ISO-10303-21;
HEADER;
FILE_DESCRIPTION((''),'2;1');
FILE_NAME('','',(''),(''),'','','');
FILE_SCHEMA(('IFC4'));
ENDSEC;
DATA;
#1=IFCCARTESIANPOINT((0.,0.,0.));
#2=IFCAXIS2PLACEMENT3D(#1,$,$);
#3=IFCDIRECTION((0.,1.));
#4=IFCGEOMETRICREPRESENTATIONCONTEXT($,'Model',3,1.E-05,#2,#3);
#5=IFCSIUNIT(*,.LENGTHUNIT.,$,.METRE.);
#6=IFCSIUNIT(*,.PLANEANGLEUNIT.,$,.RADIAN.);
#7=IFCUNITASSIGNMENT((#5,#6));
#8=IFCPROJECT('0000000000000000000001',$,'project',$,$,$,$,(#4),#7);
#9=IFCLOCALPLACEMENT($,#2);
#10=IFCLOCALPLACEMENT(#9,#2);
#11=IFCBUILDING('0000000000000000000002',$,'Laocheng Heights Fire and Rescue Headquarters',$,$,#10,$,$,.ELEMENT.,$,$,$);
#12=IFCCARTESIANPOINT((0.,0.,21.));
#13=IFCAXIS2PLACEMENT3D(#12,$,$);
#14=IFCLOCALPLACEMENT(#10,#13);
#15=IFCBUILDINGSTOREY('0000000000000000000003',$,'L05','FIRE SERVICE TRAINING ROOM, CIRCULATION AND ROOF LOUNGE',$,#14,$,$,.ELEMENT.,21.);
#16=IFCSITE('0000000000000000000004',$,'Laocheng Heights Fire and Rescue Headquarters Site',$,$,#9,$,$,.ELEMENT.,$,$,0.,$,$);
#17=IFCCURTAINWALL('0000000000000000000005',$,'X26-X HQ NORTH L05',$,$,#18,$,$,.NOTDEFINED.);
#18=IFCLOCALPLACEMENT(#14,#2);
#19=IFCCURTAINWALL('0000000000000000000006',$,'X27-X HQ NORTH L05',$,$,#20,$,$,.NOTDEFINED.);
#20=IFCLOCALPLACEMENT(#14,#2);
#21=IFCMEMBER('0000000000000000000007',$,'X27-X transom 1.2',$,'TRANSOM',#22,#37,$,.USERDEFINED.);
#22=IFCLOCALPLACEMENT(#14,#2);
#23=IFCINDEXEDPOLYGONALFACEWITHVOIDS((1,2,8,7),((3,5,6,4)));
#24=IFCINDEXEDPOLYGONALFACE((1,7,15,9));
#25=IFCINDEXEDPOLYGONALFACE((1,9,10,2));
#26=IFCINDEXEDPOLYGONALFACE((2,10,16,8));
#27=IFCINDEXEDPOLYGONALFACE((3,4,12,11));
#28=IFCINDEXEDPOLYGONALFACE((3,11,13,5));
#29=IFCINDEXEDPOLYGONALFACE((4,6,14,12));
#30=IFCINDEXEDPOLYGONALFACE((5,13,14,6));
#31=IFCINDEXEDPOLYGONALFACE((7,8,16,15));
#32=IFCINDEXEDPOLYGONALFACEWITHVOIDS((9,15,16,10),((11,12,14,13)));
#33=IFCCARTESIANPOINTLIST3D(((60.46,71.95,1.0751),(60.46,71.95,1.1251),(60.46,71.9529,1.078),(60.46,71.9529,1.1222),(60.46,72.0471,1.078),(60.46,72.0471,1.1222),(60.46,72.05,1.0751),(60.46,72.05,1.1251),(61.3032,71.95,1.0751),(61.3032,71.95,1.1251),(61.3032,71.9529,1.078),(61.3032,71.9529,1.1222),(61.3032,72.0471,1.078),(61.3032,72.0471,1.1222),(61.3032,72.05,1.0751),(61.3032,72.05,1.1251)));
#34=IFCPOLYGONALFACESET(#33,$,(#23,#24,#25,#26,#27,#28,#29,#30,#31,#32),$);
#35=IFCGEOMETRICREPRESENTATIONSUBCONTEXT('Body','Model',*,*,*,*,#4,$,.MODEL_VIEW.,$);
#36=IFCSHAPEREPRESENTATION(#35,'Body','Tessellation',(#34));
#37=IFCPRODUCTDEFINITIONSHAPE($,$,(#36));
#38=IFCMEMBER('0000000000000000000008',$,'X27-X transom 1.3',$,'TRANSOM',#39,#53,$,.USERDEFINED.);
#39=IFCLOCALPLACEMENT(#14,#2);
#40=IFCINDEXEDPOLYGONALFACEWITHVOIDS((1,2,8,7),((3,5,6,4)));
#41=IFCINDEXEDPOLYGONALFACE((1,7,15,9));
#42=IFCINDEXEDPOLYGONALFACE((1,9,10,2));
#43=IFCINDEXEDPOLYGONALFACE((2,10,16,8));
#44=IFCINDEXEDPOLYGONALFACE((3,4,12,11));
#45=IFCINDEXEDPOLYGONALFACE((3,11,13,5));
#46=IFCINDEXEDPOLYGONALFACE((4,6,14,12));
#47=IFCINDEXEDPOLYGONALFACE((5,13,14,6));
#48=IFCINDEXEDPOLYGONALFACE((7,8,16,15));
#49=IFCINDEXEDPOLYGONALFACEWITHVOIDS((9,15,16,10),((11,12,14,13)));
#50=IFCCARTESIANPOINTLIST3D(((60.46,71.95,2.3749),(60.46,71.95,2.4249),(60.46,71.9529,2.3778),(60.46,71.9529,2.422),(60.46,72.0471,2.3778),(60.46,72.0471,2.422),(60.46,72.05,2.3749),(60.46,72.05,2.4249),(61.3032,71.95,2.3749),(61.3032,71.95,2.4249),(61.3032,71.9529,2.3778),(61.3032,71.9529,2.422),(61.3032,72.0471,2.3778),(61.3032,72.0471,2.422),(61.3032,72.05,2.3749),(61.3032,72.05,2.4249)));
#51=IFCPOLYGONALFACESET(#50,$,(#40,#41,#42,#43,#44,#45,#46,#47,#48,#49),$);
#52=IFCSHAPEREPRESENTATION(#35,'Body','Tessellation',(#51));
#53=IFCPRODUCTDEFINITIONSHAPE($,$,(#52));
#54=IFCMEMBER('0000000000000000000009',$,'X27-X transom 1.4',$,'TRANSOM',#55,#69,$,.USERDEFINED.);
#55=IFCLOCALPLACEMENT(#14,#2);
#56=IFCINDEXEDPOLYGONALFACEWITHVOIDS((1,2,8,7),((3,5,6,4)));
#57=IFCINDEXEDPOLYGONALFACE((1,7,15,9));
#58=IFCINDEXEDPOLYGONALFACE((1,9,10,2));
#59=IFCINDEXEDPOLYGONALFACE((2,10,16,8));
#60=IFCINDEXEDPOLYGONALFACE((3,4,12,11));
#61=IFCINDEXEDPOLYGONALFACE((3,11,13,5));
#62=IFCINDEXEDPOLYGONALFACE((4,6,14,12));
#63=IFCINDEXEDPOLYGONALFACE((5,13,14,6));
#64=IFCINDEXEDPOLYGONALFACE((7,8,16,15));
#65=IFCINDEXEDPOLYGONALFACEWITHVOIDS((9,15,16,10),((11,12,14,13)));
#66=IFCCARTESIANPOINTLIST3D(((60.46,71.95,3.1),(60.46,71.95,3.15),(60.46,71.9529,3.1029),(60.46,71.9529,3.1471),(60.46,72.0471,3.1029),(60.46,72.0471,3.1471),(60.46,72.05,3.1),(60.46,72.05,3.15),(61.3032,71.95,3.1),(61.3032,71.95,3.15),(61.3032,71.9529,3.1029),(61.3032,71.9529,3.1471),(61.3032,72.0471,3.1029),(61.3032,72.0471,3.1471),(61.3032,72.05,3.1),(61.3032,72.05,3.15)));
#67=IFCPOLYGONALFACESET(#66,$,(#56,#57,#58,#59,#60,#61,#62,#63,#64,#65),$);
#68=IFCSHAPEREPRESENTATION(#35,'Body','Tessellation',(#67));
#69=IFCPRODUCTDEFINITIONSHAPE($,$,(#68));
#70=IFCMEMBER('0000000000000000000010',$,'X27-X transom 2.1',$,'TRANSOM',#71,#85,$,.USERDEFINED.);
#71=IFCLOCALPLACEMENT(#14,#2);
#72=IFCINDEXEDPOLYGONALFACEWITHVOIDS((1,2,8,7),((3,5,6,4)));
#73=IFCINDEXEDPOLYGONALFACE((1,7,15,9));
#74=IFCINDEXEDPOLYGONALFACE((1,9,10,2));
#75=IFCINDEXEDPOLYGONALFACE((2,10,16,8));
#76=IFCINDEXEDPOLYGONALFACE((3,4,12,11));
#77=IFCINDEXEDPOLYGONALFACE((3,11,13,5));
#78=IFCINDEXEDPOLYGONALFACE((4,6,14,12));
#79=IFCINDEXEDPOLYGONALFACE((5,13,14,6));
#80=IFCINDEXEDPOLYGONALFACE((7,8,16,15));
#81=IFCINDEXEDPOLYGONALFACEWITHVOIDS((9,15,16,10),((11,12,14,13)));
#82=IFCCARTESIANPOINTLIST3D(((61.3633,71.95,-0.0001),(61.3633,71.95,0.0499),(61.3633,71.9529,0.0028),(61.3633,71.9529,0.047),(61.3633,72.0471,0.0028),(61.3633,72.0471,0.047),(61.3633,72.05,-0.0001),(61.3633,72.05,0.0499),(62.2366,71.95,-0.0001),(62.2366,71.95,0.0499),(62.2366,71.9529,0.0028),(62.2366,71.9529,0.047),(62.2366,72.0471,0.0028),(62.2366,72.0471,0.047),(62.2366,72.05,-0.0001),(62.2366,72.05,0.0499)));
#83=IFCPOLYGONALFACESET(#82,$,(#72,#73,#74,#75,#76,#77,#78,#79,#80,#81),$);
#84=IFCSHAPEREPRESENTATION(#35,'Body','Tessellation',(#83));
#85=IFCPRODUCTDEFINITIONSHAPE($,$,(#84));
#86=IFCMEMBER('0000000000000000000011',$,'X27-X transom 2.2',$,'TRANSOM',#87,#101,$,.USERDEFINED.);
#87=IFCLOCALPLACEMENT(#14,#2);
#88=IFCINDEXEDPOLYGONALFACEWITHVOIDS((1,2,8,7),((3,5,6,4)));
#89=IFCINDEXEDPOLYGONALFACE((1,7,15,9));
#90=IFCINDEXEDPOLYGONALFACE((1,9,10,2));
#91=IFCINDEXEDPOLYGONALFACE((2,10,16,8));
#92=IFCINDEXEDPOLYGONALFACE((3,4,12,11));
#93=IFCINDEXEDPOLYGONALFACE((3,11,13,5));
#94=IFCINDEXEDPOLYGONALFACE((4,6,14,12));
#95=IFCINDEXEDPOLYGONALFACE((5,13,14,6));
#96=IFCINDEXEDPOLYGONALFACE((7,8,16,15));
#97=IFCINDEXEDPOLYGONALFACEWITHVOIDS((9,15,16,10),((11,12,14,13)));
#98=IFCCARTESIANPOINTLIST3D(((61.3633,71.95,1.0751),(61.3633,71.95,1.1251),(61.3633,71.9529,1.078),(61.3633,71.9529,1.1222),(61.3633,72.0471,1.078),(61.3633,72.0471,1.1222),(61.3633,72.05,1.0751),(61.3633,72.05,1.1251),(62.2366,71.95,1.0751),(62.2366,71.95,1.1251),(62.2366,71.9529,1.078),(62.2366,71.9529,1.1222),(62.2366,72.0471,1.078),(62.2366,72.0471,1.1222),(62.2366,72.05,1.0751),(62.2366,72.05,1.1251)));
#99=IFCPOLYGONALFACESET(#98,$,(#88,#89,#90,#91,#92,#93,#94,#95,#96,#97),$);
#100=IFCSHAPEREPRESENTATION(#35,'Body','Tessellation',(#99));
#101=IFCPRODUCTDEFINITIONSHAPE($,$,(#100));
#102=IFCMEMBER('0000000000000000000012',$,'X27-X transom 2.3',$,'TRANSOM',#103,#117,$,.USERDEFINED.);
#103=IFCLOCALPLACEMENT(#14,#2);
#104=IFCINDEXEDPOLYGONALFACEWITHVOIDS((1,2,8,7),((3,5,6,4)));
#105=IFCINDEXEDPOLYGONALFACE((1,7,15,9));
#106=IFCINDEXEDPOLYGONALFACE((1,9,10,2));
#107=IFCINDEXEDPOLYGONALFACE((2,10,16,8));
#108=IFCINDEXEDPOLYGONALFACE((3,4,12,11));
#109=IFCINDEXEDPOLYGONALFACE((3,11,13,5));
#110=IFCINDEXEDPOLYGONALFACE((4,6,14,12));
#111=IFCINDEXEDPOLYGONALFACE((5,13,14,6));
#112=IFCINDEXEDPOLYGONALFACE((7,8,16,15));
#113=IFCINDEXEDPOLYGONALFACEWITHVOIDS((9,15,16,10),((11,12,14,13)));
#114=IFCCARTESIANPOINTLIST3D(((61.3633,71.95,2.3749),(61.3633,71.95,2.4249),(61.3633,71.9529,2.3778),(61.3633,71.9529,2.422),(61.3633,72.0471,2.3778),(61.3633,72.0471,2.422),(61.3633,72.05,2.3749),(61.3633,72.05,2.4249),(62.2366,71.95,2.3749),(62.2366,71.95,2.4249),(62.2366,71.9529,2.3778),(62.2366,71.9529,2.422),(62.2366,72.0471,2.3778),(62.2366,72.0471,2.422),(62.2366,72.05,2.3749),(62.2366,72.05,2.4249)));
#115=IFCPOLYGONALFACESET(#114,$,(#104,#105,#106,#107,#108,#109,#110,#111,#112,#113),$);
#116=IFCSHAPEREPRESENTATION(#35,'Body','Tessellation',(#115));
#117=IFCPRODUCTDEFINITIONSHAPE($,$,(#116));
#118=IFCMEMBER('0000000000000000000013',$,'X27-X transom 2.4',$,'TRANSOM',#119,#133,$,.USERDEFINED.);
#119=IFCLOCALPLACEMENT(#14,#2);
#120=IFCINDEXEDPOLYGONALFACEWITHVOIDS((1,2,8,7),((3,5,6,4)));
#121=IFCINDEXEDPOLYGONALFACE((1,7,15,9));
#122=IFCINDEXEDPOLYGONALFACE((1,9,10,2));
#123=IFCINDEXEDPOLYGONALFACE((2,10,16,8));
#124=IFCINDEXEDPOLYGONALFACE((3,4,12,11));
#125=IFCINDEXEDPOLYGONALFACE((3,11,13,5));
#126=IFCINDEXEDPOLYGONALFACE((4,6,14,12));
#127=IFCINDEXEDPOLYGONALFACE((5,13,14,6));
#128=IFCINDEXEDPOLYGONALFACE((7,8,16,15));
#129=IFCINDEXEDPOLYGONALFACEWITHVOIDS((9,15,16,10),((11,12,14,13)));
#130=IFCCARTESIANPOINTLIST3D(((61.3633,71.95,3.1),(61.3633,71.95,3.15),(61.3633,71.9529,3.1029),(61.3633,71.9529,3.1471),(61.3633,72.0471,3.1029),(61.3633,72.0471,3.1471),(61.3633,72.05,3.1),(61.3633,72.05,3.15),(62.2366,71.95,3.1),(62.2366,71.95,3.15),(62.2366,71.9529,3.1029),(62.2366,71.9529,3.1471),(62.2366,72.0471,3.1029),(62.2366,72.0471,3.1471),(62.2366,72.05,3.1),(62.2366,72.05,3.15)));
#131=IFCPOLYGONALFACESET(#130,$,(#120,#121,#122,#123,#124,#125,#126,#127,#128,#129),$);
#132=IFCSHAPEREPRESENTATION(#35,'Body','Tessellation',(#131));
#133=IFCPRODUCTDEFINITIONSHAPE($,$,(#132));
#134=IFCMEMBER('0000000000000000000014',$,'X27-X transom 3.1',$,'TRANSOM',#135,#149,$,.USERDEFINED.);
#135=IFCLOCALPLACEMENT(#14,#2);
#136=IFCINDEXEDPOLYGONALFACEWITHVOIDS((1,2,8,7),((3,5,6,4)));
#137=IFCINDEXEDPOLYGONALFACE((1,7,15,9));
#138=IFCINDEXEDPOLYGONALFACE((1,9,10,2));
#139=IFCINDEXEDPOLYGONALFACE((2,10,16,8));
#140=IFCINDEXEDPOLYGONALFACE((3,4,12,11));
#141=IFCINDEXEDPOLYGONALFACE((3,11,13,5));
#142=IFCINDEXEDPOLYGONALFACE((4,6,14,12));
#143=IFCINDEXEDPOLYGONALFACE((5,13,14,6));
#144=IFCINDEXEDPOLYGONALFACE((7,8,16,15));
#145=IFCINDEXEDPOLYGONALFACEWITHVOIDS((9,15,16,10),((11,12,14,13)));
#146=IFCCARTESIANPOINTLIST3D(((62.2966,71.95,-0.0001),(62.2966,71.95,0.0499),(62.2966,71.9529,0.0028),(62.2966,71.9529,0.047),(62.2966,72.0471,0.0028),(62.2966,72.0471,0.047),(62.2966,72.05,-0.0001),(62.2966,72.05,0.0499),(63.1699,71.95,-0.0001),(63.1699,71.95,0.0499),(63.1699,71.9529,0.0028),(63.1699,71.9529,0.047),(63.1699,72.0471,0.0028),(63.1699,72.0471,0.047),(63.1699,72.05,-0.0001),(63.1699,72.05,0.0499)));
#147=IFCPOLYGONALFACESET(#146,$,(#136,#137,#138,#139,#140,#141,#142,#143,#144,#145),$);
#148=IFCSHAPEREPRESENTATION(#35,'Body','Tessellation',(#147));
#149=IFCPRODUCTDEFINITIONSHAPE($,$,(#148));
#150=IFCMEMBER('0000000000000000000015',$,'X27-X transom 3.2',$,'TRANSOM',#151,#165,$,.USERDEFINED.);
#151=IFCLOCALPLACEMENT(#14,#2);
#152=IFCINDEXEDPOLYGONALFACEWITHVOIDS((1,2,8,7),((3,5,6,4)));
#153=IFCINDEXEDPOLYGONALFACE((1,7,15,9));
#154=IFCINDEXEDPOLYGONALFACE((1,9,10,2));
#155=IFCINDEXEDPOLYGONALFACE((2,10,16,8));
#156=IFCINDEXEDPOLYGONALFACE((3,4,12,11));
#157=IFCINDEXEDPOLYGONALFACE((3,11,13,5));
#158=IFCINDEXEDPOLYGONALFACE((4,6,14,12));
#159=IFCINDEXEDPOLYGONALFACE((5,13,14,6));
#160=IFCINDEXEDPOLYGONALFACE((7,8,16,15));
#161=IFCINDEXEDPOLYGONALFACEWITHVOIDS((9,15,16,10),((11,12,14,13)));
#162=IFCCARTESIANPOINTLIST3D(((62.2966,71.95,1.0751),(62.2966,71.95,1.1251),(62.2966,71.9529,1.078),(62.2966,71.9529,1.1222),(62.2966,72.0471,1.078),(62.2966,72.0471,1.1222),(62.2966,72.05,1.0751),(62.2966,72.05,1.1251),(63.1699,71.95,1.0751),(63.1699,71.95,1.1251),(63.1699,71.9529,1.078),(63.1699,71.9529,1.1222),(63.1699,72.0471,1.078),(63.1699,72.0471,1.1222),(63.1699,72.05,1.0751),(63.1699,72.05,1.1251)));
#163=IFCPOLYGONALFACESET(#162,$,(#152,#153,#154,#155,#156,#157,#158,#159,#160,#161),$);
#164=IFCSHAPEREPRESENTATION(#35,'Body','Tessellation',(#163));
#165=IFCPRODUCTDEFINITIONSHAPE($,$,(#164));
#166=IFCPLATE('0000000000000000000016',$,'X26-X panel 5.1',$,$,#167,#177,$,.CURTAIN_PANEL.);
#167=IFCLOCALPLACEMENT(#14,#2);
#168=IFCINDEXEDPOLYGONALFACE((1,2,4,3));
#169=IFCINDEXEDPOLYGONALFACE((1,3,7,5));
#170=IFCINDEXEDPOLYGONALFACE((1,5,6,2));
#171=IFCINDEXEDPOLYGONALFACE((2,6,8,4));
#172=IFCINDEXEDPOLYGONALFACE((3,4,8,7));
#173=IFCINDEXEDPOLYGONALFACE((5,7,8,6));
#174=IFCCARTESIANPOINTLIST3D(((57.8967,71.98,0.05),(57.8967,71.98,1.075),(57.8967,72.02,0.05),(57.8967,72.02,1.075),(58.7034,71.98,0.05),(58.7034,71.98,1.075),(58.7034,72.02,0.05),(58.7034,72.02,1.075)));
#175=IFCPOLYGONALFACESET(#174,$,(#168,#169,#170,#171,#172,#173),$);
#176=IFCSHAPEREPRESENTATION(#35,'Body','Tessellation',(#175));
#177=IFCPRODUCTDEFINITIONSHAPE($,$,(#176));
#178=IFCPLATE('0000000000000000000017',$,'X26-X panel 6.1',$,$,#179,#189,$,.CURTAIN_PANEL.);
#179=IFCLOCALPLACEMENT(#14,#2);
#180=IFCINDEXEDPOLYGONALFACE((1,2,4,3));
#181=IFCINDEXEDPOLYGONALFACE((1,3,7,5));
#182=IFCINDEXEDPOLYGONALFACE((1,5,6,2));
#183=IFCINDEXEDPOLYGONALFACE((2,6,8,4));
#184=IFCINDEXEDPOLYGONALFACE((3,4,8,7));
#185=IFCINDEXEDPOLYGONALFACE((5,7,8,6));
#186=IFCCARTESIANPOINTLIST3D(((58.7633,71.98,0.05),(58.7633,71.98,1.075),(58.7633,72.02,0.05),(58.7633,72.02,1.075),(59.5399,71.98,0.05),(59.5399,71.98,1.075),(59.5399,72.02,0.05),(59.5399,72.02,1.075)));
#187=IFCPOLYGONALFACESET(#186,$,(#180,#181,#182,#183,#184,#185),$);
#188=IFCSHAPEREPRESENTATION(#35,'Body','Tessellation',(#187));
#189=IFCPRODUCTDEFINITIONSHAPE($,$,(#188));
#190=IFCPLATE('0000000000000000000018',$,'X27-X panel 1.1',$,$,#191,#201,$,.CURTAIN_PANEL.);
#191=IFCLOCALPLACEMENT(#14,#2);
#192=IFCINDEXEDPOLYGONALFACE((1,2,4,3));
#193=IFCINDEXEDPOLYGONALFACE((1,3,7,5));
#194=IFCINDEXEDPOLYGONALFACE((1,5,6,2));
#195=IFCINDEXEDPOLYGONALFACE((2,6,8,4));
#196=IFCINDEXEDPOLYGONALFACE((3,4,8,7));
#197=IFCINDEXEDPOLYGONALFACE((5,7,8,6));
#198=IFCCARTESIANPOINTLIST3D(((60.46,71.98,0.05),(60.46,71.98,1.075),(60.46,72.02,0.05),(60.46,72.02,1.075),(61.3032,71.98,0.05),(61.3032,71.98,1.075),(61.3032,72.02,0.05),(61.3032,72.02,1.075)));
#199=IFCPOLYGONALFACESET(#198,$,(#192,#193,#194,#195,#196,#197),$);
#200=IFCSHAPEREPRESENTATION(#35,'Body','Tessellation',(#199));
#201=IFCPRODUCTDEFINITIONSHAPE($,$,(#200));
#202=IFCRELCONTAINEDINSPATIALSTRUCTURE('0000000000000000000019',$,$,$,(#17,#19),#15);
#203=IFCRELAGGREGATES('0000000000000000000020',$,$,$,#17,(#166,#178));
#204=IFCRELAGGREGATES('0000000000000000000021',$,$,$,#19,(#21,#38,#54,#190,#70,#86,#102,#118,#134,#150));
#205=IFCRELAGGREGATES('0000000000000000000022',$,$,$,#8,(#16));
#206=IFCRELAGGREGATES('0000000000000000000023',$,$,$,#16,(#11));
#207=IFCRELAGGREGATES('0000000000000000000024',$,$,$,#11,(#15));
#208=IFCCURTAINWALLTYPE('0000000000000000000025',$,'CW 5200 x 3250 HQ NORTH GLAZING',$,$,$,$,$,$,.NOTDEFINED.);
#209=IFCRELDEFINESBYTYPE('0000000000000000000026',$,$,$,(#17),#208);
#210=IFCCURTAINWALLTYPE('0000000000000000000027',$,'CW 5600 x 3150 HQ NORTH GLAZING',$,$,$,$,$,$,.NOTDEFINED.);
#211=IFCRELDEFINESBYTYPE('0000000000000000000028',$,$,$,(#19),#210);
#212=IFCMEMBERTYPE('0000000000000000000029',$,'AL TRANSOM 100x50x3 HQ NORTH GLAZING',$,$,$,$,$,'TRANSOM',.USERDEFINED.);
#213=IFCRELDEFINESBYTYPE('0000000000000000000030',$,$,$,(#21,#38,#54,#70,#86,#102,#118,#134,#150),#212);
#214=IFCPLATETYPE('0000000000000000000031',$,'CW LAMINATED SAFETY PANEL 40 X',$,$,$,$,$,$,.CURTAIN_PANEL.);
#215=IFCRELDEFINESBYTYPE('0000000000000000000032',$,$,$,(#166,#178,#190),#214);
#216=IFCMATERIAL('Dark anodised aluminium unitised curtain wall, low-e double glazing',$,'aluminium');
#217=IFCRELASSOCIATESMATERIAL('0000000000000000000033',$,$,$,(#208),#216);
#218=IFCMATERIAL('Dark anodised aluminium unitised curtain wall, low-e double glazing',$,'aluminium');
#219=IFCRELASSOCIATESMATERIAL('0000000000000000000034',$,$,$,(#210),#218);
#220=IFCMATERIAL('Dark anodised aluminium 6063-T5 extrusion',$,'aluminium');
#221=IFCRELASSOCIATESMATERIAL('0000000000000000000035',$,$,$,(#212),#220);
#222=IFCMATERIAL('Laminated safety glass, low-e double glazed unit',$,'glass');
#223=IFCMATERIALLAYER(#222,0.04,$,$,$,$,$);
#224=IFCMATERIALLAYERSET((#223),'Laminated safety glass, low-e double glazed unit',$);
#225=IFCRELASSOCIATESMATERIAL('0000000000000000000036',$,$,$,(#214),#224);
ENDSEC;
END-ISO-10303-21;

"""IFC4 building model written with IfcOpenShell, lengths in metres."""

from ifc_helpers import new_model, si_unit, direction, frame, origin, origin_2d, place, context, subcontext, project, spatial, rectangle, hollow_rectangle, extrude, material, layer, layer_set, material_profile, profile_set, type_object, element, aggregate, save


model = new_model("IFC4")

# Units and contexts
model_context = context("Model", 3, precision=1e-05, world=origin(), true_north=direction((0.0, 1.0)))
body_context = subcontext(model_context, "Body", "Model", "MODEL_VIEW")
ifc_project = project(units=[si_unit("LENGTHUNIT", "METRE"), si_unit("PLANEANGLEUNIT", "RADIAN")], contexts=[model_context])

# Site, building, storey
site_placement = place(None, origin())
site = spatial("IfcSite", under=ifc_project, at=site_placement, Name="Laocheng Heights Fire and Rescue Headquarters Site", CompositionType="ELEMENT", RefElevation=0.0)
building_placement = place(site_placement, origin())
building = spatial("IfcBuilding", under=site, at=building_placement, Name="Laocheng Heights Fire and Rescue Headquarters", CompositionType="ELEMENT")
storey_placement = place(building_placement, frame((0.0, 0.0, 21.0)))
storey = spatial("IfcBuildingStorey", under=building, at=storey_placement, Name="L05", Description="FIRE SERVICE TRAINING ROOM, CIRCULATION AND ROOF LOUNGE", CompositionType="ELEMENT", Elevation=21.0)

# Curtain walls
ifc_material_1 = material(Name="Dark anodised aluminium unitised curtain wall, low-e double glazing", Category="aluminium")
curtain_wall_type_1 = type_object("IfcCurtainWallType", Name="CW 5200 x 3250 HQ NORTH GLAZING", PredefinedType="NOTDEFINED", material=ifc_material_1)
curtain_wall_1_placement = place(storey_placement, origin())
curtain_wall_1 = element("IfcCurtainWall", 1, at=curtain_wall_1_placement, inside=storey, type_object=curtain_wall_type_1, Name="X26-X HQ NORTH L05", PredefinedType="NOTDEFINED")
ifc_material_2 = material(Name="Dark anodised aluminium unitised curtain wall, low-e double glazing", Category="aluminium")
curtain_wall_type_2 = type_object("IfcCurtainWallType", Name="CW 5600 x 3150 HQ NORTH GLAZING", PredefinedType="NOTDEFINED", material=ifc_material_2)
curtain_wall_2_placement = place(storey_placement, origin())
curtain_wall_2 = element("IfcCurtainWall", 2, at=curtain_wall_2_placement, inside=storey, type_object=curtain_wall_type_2, Name="X27-X HQ NORTH L05", PredefinedType="NOTDEFINED")

# Members
ifc_material_3 = material(Name="Dark anodised aluminium 6063-T5 extrusion", Category="aluminium")
ifc_material_profile_1 = material_profile(ifc_material_3, hollow_rectangle(XDim=0.1001, YDim=0.05, WallThickness=0.0029, at=origin_2d()), Name="AL TRANSOM 100x50x3 HQ NORTH GLAZING")
ifc_profile_set_1 = profile_set([ifc_material_profile_1], Name="Dark anodised aluminium 6063-T5 extrusion")
member_type_1 = type_object("IfcMemberType", Name="AL TRANSOM 100x50x3 HQ NORTH GLAZING", ElementType="TRANSOM", PredefinedType="USERDEFINED", material=ifc_profile_set_1)
member_1_placement = place(storey_placement, frame((60.46, 72.0, 1.1001), z_axis=(1.0, 0.0, 0.0), x_axis=(0.0, 1.0, 0.0)))
member_1 = element("IfcMember", 3, at=member_1_placement, type_object=member_type_1, Name="X27-X transom 1.2", ObjectType="TRANSOM", PredefinedType="USERDEFINED", context=body_context, shape_type="SweptSolid", body=[
    extrude(hollow_rectangle(XDim=0.1001, YDim=0.05, WallThickness=0.0029, at=origin_2d()), origin(), (0.0, 0.0, 1.0), 0.8433),
])
member_2_placement = place(storey_placement, frame((60.46, 72.0, 2.3999), z_axis=(1.0, 0.0, 0.0), x_axis=(0.0, 1.0, 0.0)))
member_2 = element("IfcMember", 4, at=member_2_placement, type_object=member_type_1, Name="X27-X transom 1.3", ObjectType="TRANSOM", PredefinedType="USERDEFINED", context=body_context, shape_type="SweptSolid", body=[
    extrude(hollow_rectangle(XDim=0.1001, YDim=0.05, WallThickness=0.0029, at=origin_2d()), origin(), (0.0, 0.0, 1.0), 0.8433),
])
member_3_placement = place(storey_placement, frame((60.46, 72.0, 3.125), z_axis=(1.0, 0.0, 0.0), x_axis=(0.0, 1.0, 0.0)))
member_3 = element("IfcMember", 5, at=member_3_placement, type_object=member_type_1, Name="X27-X transom 1.4", ObjectType="TRANSOM", PredefinedType="USERDEFINED", context=body_context, shape_type="SweptSolid", body=[
    extrude(hollow_rectangle(XDim=0.1001, YDim=0.05, WallThickness=0.0029, at=origin_2d()), origin(), (0.0, 0.0, 1.0), 0.8433),
])
member_4_placement = place(storey_placement, frame((61.3633, 72.0, 0.0249), z_axis=(1.0, 0.0, 0.0), x_axis=(0.0, 1.0, 0.0)))
member_4 = element("IfcMember", 6, at=member_4_placement, type_object=member_type_1, Name="X27-X transom 2.1", ObjectType="TRANSOM", PredefinedType="USERDEFINED", context=body_context, shape_type="SweptSolid", body=[
    extrude(hollow_rectangle(XDim=0.1001, YDim=0.05, WallThickness=0.0029, at=origin_2d()), origin(), (0.0, 0.0, 1.0), 0.8733),
])
member_5_placement = place(storey_placement, frame((61.3633, 72.0, 1.1001), z_axis=(1.0, 0.0, 0.0), x_axis=(0.0, 1.0, 0.0)))
member_5 = element("IfcMember", 7, at=member_5_placement, type_object=member_type_1, Name="X27-X transom 2.2", ObjectType="TRANSOM", PredefinedType="USERDEFINED", context=body_context, shape_type="SweptSolid", body=[
    extrude(hollow_rectangle(XDim=0.1001, YDim=0.05, WallThickness=0.0029, at=origin_2d()), origin(), (0.0, 0.0, 1.0), 0.8733),
])
member_6_placement = place(storey_placement, frame((61.3633, 72.0, 2.3999), z_axis=(1.0, 0.0, 0.0), x_axis=(0.0, 1.0, 0.0)))
member_6 = element("IfcMember", 8, at=member_6_placement, type_object=member_type_1, Name="X27-X transom 2.3", ObjectType="TRANSOM", PredefinedType="USERDEFINED", context=body_context, shape_type="SweptSolid", body=[
    extrude(hollow_rectangle(XDim=0.1001, YDim=0.05, WallThickness=0.0029, at=origin_2d()), origin(), (0.0, 0.0, 1.0), 0.8733),
])
member_7_placement = place(storey_placement, frame((61.3633, 72.0, 3.125), z_axis=(1.0, 0.0, 0.0), x_axis=(0.0, 1.0, 0.0)))
member_7 = element("IfcMember", 9, at=member_7_placement, type_object=member_type_1, Name="X27-X transom 2.4", ObjectType="TRANSOM", PredefinedType="USERDEFINED", context=body_context, shape_type="SweptSolid", body=[
    extrude(hollow_rectangle(XDim=0.1001, YDim=0.05, WallThickness=0.0029, at=origin_2d()), origin(), (0.0, 0.0, 1.0), 0.8733),
])
member_8_placement = place(storey_placement, frame((62.2966, 72.0, 0.0249), z_axis=(1.0, 0.0, 0.0), x_axis=(0.0, 1.0, 0.0)))
member_8 = element("IfcMember", 10, at=member_8_placement, type_object=member_type_1, Name="X27-X transom 3.1", ObjectType="TRANSOM", PredefinedType="USERDEFINED", context=body_context, shape_type="SweptSolid", body=[
    extrude(hollow_rectangle(XDim=0.1001, YDim=0.05, WallThickness=0.0029, at=origin_2d()), origin(), (0.0, 0.0, 1.0), 0.8733),
])
member_9_placement = place(storey_placement, frame((62.2966, 72.0, 1.1001), z_axis=(1.0, 0.0, 0.0), x_axis=(0.0, 1.0, 0.0)))
member_9 = element("IfcMember", 11, at=member_9_placement, type_object=member_type_1, Name="X27-X transom 3.2", ObjectType="TRANSOM", PredefinedType="USERDEFINED", context=body_context, shape_type="SweptSolid", body=[
    extrude(hollow_rectangle(XDim=0.1001, YDim=0.05, WallThickness=0.0029, at=origin_2d()), origin(), (0.0, 0.0, 1.0), 0.8733),
])

# Plates
ifc_material_4 = material(Name="Laminated safety glass, low-e double glazed unit", Category="glass")
ifc_layer_1 = layer(ifc_material_4, 0.04)
ifc_layer_set_1 = layer_set([ifc_layer_1], Name="Laminated safety glass, low-e double glazed unit")
plate_type_1 = type_object("IfcPlateType", Name="CW LAMINATED SAFETY PANEL 40 X", PredefinedType="CURTAIN_PANEL", material=ifc_layer_set_1)
plate_1_placement = place(storey_placement, frame((58.3, 72.0, 0.05), z_axis=(0.0, 0.0, 1.0), x_axis=(1.0, 0.0, 0.0)))
plate_1 = element("IfcPlate", 12, at=plate_1_placement, type_object=plate_type_1, Name="X26-X panel 5.1", PredefinedType="CURTAIN_PANEL", context=body_context, shape_type="SweptSolid", body=[
    extrude(rectangle(XDim=0.8066, YDim=0.04, at=origin_2d()), origin(), (0.0, 0.0, 1.0), 1.0249),
])
plate_2_placement = place(storey_placement, frame((59.1516, 72.0, 0.05), z_axis=(0.0, 0.0, 1.0), x_axis=(1.0, 0.0, 0.0)))
plate_2 = element("IfcPlate", 13, at=plate_2_placement, type_object=plate_type_1, Name="X26-X panel 6.1", PredefinedType="CURTAIN_PANEL", context=body_context, shape_type="SweptSolid", body=[
    extrude(rectangle(XDim=0.7766, YDim=0.04, at=origin_2d()), origin(), (0.0, 0.0, 1.0), 1.0249),
])
plate_3_placement = place(storey_placement, frame((60.8816, 72.0, 0.05), z_axis=(0.0, 0.0, 1.0), x_axis=(1.0, 0.0, 0.0)))
plate_3 = element("IfcPlate", 14, at=plate_3_placement, type_object=plate_type_1, Name="X27-X panel 1.1", PredefinedType="CURTAIN_PANEL", context=body_context, shape_type="SweptSolid", body=[
    extrude(rectangle(XDim=0.8433, YDim=0.04, at=origin_2d()), origin(), (0.0, 0.0, 1.0), 1.0249),
])
aggregate(curtain_wall_1, [plate_1, plate_2])
aggregate(curtain_wall_2, [member_1, member_2, member_3, plate_3, member_4, member_5, member_6, member_7, member_8, member_9])

save(model, "model.ifc")
